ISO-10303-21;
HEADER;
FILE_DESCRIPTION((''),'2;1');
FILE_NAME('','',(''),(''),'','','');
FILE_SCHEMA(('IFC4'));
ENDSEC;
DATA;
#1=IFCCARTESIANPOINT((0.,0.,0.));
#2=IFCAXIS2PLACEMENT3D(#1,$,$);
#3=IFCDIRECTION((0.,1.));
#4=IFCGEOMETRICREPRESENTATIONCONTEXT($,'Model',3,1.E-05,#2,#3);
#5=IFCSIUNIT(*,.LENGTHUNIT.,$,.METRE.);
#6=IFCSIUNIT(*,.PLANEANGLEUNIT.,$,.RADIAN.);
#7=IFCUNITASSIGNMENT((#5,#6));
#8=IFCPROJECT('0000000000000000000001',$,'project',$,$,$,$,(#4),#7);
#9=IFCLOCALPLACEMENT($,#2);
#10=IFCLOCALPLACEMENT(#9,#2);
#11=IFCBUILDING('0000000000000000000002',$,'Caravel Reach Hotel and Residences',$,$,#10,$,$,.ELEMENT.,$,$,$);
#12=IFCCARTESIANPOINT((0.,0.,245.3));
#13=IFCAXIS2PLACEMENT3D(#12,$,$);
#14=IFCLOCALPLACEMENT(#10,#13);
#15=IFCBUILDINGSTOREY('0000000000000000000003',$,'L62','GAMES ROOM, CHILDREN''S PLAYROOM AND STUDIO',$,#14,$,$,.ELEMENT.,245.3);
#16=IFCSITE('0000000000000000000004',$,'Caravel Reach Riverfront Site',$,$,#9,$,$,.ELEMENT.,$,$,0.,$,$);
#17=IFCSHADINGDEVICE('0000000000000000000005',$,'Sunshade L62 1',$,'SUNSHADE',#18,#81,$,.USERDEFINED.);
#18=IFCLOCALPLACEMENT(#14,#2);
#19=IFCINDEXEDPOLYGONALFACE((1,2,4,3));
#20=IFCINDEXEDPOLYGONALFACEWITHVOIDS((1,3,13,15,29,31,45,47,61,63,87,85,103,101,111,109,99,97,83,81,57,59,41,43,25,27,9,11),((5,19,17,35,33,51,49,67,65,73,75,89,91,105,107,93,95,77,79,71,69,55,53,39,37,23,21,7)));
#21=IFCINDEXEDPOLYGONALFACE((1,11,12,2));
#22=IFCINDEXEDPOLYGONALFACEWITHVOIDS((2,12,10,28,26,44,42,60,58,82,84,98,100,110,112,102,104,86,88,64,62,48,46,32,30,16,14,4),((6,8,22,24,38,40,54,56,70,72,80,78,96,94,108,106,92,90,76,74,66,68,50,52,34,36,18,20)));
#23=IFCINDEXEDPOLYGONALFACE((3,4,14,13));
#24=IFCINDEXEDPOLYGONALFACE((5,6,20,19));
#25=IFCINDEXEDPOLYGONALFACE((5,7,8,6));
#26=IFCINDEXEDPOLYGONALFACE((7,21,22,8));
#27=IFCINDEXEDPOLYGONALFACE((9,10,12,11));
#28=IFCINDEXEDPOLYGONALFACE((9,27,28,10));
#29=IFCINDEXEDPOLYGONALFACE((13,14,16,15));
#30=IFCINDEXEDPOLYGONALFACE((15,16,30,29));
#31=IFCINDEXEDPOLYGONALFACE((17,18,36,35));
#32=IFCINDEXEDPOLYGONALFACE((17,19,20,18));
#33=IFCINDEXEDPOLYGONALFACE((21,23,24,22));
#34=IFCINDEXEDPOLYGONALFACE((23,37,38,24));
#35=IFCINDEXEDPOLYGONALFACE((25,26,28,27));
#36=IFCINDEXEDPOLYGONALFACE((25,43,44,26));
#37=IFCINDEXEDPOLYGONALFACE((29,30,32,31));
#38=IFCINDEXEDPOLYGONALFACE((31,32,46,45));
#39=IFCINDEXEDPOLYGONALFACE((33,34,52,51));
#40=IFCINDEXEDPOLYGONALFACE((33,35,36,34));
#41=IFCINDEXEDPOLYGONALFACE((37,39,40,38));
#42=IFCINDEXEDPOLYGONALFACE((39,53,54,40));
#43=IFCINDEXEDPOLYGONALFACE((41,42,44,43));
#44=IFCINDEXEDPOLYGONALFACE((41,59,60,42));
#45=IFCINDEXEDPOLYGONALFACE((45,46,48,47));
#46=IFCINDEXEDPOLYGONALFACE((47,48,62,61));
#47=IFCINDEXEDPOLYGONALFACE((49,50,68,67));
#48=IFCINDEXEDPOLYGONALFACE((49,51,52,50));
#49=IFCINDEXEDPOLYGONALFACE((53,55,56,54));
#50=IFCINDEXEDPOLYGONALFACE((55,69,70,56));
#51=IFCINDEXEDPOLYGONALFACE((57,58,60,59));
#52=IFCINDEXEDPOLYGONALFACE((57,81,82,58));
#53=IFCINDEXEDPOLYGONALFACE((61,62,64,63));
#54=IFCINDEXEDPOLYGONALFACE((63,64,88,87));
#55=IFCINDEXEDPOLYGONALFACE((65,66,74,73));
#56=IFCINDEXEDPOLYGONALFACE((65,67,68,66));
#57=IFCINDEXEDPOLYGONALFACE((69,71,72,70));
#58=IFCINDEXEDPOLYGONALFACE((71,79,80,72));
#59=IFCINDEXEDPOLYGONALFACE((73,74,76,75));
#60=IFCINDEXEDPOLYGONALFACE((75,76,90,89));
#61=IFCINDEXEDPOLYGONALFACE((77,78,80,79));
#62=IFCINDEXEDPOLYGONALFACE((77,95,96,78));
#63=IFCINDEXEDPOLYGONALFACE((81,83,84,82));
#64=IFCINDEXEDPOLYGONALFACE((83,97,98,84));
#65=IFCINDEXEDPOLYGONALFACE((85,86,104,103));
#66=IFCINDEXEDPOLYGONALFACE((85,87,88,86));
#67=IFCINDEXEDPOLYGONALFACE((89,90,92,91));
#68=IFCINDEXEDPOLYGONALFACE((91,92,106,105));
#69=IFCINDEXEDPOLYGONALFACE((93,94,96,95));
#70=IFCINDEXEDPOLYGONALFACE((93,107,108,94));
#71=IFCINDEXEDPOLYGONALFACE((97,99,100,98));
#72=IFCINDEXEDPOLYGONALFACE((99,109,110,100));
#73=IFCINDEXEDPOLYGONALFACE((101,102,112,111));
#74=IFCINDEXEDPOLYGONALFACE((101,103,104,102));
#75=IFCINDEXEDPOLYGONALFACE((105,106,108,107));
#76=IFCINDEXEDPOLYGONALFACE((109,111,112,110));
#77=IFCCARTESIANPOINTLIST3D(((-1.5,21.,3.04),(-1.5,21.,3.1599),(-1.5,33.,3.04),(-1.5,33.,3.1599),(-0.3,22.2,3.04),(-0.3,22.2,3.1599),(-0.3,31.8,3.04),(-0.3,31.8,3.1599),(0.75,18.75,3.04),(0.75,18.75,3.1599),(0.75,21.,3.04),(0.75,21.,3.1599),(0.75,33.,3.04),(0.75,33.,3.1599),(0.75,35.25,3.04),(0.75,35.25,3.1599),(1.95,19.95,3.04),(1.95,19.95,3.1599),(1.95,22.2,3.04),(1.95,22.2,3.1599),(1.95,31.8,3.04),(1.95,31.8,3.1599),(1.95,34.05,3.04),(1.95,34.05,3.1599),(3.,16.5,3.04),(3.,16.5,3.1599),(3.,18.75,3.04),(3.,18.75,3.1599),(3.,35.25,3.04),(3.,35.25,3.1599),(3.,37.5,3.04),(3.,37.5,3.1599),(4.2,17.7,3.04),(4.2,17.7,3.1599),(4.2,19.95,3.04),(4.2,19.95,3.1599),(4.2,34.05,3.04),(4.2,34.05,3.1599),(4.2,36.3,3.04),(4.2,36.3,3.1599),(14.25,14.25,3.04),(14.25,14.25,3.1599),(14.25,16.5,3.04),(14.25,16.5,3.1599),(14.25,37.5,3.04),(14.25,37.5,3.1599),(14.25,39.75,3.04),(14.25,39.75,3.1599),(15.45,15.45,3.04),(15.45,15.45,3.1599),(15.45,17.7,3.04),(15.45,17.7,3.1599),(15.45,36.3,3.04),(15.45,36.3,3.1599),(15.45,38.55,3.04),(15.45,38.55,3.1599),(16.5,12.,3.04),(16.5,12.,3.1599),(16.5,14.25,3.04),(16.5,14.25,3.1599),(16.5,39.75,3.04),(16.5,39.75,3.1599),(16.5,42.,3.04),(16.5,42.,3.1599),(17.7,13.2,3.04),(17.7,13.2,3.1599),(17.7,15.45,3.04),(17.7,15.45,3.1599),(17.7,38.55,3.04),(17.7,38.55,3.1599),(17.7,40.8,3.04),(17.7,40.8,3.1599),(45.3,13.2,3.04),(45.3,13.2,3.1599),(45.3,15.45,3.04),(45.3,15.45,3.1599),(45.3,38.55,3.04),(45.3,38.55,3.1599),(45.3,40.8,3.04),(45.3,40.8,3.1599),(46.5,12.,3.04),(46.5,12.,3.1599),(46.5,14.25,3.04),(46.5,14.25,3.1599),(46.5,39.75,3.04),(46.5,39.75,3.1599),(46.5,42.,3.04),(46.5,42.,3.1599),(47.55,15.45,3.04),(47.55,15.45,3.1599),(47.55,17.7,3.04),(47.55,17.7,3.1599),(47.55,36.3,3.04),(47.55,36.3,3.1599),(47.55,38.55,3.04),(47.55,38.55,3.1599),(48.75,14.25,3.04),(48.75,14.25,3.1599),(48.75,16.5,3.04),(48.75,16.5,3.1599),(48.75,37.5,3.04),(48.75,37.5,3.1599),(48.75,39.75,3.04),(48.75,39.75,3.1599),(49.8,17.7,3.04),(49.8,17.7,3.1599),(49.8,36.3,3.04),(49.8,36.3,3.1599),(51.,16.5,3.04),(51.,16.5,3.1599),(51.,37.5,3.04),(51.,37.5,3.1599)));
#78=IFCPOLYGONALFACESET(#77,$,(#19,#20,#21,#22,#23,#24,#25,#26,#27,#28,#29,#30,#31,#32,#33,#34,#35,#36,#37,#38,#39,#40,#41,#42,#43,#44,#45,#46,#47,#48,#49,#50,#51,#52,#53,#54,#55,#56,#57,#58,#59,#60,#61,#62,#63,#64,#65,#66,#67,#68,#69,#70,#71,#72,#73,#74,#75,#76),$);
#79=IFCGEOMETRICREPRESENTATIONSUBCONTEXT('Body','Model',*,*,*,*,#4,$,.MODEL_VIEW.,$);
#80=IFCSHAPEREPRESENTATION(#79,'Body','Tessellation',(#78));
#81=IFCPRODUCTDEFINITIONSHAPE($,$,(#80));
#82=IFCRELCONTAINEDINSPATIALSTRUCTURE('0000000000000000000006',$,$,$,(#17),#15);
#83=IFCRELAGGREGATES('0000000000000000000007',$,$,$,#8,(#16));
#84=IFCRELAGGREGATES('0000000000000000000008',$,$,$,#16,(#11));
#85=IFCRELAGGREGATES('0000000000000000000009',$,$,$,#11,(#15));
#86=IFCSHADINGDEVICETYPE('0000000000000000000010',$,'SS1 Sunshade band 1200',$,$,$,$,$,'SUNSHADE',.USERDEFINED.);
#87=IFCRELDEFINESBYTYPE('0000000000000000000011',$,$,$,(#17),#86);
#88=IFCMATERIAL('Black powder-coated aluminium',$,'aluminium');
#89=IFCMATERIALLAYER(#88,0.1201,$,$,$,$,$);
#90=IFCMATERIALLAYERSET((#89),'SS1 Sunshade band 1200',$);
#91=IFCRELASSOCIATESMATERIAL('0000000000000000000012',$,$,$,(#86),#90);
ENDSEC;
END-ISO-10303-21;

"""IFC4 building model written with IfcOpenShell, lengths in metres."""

from ifc_helpers import new_model, si_unit, direction, frame, origin, place, context, subcontext, project, spatial, polyline, outline, extrude, material, layer, layer_set, type_object, element, save


model = new_model("IFC4")

# Units and contexts
model_context = context("Model", 3, precision=1e-05, world=origin(), true_north=direction((0.0, 1.0)))
body_context = subcontext(model_context, "Body", "Model", "MODEL_VIEW")
ifc_project = project(units=[si_unit("LENGTHUNIT", "METRE"), si_unit("PLANEANGLEUNIT", "RADIAN")], contexts=[model_context])

# Site, building, storey
site_placement = place(None, origin())
site = spatial("IfcSite", under=ifc_project, at=site_placement, Name="Caravel Reach Riverfront Site", CompositionType="ELEMENT", RefElevation=0.0)
building_placement = place(site_placement, origin())
building = spatial("IfcBuilding", under=site, at=building_placement, Name="Caravel Reach Hotel and Residences", CompositionType="ELEMENT")
storey_placement = place(building_placement, frame((0.0, 0.0, 245.3)))
storey = spatial("IfcBuildingStorey", under=building, at=storey_placement, Name="L62", Description="GAMES ROOM, CHILDREN'S PLAYROOM AND STUDIO", CompositionType="ELEMENT", Elevation=245.3)

# Shading device
ifc_material_1 = material(Name="Black powder-coated aluminium", Category="aluminium")
ifc_layer_1 = layer(ifc_material_1, 0.1201)
ifc_layer_set_1 = layer_set([ifc_layer_1], Name="SS1 Sunshade band 1200")
shading_device_type = type_object("IfcShadingDeviceType", Name="SS1 Sunshade band 1200", ElementType="SUNSHADE", PredefinedType="USERDEFINED", material=ifc_layer_set_1)
shading_device_placement = place(storey_placement, frame((0.0, 0.0, 3.04)))
element("IfcShadingDevice", 1, at=shading_device_placement, inside=storey, type_object=shading_device_type, Name="Sunshade L62 1", ObjectType="SUNSHADE", PredefinedType="USERDEFINED", context=body_context, shape_type="SweptSolid", body=[
    extrude(outline(polyline([(3.0, 16.5), (14.25, 16.5), (14.25, 14.25), (16.5, 14.25), (16.5, 12.0), (46.5, 12.0), (46.5, 14.25), (48.75, 14.25), (48.75, 16.5), (51.0, 16.5), (51.0, 37.5), (48.75, 37.5), (48.75, 39.75), (46.5, 39.75), (46.5, 42.0), (16.5, 42.0), (16.5, 39.75), (14.25, 39.75), (14.25, 37.5), (3.0, 37.5), (3.0, 35.25), (0.75, 35.25), (0.75, 33.0), (-1.5, 33.0), (-1.5, 21.0), (0.75, 21.0), (0.75, 18.75), (3.0, 18.75), (3.0, 16.5)]), holes=[polyline([(15.45, 15.45), (15.45, 17.7), (4.2, 17.7), (4.2, 19.95), (1.95, 19.95), (1.95, 22.2), (-0.3, 22.2), (-0.3, 31.8), (1.95, 31.8), (1.95, 34.05), (4.2, 34.05), (4.2, 36.3), (15.45, 36.3), (15.45, 38.55), (17.7, 38.55), (17.7, 40.8), (45.3, 40.8), (45.3, 38.55), (47.55, 38.55), (47.55, 36.3), (49.8, 36.3), (49.8, 17.7), (47.55, 17.7), (47.55, 15.45), (45.3, 15.45), (45.3, 13.2), (17.7, 13.2), (17.7, 15.45), (15.45, 15.45)])]), origin(), (0.0, 0.0, 1.0), 0.1199),
])

save(model, "model.ifc")
